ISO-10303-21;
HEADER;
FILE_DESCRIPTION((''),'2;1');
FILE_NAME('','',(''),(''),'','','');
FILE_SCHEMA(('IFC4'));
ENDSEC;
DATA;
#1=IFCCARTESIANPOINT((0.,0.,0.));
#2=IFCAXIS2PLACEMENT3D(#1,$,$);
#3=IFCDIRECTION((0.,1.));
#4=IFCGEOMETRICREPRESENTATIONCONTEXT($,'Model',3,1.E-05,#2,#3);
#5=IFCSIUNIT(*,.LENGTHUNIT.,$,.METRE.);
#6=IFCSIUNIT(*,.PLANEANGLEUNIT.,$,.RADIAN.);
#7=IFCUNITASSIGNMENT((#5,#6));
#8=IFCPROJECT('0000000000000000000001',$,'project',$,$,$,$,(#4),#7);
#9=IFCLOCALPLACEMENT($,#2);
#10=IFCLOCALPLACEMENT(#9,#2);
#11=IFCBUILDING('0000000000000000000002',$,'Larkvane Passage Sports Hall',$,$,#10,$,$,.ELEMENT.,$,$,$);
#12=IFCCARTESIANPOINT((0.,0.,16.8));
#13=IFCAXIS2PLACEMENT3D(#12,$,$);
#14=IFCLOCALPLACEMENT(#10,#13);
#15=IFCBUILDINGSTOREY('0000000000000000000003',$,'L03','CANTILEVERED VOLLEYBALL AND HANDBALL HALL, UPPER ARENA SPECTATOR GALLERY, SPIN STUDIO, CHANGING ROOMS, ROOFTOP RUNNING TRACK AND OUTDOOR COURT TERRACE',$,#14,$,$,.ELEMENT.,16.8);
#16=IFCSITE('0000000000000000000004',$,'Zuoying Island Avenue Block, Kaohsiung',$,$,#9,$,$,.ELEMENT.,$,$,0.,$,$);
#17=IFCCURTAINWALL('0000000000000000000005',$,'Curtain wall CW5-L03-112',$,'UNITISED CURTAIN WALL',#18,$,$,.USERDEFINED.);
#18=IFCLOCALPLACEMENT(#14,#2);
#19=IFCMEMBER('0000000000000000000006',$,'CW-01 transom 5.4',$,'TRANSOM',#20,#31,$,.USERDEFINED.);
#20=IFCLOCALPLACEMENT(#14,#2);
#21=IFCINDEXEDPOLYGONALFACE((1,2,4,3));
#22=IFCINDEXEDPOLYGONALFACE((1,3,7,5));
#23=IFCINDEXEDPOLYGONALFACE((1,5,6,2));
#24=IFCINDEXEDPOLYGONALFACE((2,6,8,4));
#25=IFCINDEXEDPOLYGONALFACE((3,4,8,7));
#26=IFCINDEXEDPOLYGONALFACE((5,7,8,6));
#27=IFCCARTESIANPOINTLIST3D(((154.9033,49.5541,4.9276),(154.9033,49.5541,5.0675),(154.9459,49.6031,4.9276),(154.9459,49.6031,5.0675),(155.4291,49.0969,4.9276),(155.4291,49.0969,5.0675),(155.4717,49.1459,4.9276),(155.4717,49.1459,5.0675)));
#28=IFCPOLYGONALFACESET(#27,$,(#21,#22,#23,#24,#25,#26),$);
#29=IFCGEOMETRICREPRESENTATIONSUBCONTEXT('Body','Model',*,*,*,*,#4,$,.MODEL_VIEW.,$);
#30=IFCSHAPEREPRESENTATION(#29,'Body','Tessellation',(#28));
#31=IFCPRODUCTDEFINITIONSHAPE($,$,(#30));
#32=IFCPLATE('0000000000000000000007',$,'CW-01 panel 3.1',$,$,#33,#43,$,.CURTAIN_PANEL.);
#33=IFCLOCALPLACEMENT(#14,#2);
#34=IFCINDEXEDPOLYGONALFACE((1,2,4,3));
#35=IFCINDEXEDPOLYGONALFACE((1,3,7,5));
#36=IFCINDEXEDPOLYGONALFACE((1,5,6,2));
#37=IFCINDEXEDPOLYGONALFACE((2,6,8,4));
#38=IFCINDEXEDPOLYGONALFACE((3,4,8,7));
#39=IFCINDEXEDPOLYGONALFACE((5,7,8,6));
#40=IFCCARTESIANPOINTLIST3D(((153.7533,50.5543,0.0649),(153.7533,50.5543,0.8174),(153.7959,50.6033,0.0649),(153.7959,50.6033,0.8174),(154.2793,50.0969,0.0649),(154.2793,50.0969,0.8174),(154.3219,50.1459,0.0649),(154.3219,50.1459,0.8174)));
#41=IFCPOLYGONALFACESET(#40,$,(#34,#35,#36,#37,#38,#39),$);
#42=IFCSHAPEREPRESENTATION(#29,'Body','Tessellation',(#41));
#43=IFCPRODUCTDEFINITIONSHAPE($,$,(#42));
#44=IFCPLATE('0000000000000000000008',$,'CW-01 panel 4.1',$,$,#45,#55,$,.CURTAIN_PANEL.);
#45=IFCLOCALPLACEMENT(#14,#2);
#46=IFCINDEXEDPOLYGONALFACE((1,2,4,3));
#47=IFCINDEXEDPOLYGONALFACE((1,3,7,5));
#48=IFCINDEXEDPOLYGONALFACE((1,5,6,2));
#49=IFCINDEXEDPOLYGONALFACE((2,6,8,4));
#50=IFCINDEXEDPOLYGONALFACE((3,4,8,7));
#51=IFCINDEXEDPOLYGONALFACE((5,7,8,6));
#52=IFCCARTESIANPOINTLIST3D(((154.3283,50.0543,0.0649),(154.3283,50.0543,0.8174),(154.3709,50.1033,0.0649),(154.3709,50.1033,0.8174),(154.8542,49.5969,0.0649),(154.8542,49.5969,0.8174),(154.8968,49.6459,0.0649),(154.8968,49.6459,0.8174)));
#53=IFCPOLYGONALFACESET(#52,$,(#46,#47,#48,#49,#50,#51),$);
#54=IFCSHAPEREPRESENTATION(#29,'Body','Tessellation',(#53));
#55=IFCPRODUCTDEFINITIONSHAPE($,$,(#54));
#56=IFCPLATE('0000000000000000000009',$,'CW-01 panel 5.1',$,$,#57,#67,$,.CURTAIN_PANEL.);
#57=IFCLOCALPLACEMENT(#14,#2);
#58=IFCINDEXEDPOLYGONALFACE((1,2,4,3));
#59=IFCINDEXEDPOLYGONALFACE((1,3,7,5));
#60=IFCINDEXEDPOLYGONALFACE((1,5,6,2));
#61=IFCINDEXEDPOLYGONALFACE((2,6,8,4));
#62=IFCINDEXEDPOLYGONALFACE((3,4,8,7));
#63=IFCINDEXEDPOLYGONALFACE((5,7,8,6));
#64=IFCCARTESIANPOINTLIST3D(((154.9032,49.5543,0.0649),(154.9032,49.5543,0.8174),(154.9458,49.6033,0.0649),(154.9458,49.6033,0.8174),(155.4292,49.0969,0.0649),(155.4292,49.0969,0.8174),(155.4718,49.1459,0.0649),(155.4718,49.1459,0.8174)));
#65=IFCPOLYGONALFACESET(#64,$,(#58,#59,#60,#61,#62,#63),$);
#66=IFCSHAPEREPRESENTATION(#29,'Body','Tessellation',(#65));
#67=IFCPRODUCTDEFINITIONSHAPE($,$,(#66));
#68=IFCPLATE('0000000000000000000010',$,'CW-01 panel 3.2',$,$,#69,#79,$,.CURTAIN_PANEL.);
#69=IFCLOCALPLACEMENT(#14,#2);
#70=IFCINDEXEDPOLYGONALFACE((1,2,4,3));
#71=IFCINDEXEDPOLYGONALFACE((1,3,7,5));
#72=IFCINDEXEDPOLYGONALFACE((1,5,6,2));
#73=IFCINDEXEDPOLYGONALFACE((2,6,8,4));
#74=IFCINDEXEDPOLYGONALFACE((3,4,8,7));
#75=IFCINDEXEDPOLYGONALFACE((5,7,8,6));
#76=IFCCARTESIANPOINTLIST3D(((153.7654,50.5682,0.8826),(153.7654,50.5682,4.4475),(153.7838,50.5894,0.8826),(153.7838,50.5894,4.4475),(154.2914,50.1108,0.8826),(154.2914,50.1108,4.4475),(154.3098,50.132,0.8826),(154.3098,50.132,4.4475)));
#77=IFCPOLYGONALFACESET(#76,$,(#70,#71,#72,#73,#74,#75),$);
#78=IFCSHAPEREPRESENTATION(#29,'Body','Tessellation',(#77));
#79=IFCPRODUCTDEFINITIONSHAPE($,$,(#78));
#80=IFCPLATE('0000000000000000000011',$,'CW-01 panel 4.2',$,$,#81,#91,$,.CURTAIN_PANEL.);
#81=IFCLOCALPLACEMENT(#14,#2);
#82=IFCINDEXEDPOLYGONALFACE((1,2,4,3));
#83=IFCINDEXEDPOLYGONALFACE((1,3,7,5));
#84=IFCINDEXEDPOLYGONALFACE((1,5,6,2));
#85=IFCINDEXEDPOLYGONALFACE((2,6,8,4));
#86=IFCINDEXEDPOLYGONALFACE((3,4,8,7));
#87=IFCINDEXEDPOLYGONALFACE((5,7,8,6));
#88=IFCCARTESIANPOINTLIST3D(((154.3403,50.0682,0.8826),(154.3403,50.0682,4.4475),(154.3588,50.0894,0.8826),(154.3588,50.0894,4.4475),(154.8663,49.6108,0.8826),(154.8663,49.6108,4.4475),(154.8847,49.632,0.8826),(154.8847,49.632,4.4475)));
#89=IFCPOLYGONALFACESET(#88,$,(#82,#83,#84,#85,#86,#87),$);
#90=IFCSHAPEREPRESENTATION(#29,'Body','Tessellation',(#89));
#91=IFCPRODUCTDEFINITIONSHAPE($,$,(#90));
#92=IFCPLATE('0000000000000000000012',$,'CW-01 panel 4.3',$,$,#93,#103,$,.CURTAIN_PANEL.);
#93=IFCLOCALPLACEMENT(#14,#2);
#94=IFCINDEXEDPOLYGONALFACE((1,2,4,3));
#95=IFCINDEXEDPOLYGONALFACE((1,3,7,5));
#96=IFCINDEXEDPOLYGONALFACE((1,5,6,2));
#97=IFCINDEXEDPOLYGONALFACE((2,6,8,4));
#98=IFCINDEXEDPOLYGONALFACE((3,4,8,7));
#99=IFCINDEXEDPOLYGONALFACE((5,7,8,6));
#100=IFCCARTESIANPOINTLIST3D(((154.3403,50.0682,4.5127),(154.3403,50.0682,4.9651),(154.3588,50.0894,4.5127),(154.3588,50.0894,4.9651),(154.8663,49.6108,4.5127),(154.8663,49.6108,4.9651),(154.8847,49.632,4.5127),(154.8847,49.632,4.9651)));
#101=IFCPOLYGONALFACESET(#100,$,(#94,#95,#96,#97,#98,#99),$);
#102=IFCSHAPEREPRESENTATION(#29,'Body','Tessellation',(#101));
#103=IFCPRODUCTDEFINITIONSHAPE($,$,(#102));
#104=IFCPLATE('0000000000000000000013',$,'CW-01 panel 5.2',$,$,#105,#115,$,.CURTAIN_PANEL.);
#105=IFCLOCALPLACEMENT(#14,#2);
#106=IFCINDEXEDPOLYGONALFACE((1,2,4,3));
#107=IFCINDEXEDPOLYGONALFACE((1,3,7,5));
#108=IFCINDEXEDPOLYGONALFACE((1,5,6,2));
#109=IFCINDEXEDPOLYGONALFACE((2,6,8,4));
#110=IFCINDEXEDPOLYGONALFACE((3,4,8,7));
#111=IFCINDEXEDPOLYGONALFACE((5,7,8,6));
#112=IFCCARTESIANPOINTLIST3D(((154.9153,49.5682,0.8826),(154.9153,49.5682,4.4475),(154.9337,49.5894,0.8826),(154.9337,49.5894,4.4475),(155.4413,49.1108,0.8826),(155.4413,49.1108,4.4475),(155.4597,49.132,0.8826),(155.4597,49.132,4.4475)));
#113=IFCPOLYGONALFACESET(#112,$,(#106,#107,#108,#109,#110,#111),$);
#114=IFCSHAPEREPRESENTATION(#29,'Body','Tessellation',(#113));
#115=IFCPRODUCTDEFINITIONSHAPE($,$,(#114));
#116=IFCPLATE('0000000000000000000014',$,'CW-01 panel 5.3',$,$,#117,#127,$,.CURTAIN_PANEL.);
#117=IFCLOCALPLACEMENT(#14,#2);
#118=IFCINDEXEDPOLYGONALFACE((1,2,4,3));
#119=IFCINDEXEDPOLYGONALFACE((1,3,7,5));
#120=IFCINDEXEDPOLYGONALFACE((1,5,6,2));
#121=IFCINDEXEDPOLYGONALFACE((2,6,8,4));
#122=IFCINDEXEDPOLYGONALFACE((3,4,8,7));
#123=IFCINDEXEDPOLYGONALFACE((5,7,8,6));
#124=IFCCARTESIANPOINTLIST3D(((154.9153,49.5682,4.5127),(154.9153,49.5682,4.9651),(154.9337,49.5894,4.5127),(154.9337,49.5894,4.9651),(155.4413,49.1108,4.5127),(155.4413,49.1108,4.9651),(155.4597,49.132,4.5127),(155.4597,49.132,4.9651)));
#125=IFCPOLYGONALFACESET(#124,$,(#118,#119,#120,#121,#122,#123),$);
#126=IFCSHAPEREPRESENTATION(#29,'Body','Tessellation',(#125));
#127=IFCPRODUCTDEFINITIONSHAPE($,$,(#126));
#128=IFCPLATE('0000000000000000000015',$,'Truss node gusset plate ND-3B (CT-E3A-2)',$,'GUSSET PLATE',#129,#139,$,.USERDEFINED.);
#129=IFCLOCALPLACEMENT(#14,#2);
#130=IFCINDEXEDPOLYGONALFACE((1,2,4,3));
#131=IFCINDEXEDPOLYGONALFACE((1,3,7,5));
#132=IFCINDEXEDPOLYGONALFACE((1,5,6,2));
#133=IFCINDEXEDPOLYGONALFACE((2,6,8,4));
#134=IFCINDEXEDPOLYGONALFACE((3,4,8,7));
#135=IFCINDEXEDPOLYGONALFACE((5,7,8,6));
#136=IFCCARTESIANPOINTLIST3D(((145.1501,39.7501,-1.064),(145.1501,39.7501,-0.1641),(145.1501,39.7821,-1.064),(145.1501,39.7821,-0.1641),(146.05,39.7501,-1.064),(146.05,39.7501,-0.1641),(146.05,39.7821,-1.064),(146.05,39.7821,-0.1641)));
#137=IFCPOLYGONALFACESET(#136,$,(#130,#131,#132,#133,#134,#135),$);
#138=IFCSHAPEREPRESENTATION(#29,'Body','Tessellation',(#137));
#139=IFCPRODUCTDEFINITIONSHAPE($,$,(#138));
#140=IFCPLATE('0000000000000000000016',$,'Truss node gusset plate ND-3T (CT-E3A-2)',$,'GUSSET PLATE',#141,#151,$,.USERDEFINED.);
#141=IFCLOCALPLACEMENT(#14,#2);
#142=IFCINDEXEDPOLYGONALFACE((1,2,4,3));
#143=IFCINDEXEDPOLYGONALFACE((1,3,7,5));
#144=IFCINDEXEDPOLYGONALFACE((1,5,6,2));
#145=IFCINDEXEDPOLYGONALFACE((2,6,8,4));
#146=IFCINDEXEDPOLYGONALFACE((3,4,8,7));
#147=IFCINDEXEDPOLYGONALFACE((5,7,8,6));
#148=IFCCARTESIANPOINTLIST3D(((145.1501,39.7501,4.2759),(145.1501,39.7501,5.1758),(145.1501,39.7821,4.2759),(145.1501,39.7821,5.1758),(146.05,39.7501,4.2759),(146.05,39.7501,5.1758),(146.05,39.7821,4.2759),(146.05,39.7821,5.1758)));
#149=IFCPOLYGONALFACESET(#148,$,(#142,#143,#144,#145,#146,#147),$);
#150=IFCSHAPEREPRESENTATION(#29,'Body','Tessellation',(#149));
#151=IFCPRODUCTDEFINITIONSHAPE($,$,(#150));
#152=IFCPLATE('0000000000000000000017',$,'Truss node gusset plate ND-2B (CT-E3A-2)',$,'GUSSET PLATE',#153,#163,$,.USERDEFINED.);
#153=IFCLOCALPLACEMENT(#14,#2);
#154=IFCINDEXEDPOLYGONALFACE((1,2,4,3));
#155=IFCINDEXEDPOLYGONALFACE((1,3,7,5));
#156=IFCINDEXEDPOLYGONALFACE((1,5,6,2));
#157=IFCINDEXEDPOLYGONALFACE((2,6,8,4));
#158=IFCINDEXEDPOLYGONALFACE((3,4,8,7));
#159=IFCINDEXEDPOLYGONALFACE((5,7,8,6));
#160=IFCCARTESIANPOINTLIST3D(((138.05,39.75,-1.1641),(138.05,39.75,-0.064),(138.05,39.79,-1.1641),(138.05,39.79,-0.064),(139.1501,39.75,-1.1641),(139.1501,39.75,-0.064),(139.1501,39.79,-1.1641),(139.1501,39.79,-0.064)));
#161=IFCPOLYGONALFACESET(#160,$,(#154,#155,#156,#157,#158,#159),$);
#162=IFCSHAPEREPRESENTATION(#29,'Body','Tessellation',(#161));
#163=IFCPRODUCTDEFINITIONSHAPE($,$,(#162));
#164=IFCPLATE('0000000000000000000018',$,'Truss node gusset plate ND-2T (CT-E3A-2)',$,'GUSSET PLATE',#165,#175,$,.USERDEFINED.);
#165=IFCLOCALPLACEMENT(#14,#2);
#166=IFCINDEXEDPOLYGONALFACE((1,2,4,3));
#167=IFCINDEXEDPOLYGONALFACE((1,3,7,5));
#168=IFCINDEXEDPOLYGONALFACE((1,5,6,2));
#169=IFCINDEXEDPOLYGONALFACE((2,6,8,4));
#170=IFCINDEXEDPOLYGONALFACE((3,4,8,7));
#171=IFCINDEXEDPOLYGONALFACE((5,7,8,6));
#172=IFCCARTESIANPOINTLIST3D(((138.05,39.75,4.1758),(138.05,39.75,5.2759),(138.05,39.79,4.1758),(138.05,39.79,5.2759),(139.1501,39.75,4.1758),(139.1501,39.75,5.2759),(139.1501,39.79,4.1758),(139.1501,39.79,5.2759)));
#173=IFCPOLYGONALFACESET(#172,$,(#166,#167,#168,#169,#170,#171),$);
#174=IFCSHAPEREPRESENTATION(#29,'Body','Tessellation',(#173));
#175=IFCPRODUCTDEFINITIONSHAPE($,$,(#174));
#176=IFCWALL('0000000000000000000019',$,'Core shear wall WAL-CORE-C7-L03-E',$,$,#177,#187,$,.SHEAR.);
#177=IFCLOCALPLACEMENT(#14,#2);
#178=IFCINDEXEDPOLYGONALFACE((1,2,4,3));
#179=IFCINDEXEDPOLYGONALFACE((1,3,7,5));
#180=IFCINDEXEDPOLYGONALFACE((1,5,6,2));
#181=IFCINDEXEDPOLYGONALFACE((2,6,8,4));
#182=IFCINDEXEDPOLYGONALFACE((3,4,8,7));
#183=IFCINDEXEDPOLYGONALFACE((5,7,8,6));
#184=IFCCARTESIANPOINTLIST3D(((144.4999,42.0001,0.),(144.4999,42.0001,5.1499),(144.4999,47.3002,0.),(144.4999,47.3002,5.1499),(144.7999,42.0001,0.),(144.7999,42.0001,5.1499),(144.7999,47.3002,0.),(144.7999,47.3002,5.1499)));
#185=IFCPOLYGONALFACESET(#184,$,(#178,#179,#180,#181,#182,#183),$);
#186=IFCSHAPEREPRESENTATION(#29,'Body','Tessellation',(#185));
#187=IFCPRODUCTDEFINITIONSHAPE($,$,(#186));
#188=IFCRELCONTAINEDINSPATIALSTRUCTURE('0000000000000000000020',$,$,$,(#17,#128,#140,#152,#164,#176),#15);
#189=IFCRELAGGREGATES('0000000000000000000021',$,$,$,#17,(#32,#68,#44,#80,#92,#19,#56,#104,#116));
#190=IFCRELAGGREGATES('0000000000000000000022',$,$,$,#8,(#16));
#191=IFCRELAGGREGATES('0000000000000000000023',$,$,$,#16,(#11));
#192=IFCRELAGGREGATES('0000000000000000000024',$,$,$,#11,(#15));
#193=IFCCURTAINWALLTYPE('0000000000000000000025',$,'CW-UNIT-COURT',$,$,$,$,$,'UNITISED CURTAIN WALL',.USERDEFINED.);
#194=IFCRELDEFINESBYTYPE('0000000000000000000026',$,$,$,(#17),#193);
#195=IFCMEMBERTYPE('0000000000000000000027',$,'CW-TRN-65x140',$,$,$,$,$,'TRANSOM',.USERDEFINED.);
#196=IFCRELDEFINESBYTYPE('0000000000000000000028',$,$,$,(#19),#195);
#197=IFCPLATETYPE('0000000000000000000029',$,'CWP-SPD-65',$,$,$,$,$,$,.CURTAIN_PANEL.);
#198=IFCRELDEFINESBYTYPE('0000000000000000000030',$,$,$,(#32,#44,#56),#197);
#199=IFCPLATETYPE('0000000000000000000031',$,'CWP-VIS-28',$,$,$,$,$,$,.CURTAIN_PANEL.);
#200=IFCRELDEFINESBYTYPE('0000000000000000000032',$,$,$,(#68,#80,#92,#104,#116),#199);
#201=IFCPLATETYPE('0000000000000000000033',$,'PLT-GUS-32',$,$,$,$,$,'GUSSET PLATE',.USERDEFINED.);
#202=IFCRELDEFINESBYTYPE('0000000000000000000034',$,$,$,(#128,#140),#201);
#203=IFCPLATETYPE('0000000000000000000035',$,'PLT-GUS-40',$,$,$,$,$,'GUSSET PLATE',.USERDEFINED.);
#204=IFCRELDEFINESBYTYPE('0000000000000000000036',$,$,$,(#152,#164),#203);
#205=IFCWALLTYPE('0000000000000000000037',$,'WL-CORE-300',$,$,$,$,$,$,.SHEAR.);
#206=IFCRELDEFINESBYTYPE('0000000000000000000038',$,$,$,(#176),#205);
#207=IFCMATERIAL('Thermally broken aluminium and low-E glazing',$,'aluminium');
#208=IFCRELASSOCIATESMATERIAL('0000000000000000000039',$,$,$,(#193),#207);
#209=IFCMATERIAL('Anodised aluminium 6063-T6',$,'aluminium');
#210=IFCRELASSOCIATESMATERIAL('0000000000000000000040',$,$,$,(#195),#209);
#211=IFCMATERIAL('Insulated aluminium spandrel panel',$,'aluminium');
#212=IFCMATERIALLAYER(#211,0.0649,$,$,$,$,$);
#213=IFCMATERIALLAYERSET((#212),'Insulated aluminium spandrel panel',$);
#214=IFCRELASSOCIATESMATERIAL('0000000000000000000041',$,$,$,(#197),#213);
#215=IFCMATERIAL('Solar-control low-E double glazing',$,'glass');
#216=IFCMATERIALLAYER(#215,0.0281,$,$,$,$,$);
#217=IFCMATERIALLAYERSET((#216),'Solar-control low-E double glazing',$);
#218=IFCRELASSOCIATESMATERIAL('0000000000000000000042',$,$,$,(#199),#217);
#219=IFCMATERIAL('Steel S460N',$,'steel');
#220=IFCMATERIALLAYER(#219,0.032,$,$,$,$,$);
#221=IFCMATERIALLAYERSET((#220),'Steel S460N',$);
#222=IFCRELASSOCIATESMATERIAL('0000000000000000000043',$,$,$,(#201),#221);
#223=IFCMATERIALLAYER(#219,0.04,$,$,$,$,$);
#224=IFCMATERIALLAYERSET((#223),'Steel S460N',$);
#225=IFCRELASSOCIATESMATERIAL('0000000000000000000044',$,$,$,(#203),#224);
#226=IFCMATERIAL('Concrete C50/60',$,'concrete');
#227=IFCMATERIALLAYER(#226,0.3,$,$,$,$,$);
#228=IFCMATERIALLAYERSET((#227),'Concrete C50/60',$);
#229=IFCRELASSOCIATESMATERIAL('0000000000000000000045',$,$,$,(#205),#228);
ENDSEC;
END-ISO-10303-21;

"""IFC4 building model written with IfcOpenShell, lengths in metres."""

from ifc_helpers import new_model, si_unit, direction, frame, frame_2d, origin, origin_2d, place, context, subcontext, project, spatial, rectangle, extrude, material, layer, layer_set, material_profile, profile_set, type_object, element, aggregate, save


model = new_model("IFC4")

# Units and contexts
model_context = context("Model", 3, precision=1e-05, world=origin(), true_north=direction((0.0, 1.0)))
body_context = subcontext(model_context, "Body", "Model", "MODEL_VIEW")
ifc_project = project(units=[si_unit("LENGTHUNIT", "METRE"), si_unit("PLANEANGLEUNIT", "RADIAN")], contexts=[model_context])

# Site, building, storey
site_placement = place(None, origin())
site = spatial("IfcSite", under=ifc_project, at=site_placement, Name="Zuoying Island Avenue Block, Kaohsiung", CompositionType="ELEMENT", RefElevation=0.0)
building_placement = place(site_placement, origin())
building = spatial("IfcBuilding", under=site, at=building_placement, Name="Larkvane Passage Sports Hall", CompositionType="ELEMENT")
storey_placement = place(building_placement, frame((0.0, 0.0, 16.8)))
storey = spatial("IfcBuildingStorey", under=building, at=storey_placement, Name="L03", Description="CANTILEVERED VOLLEYBALL AND HANDBALL HALL, UPPER ARENA SPECTATOR GALLERY, SPIN STUDIO, CHANGING ROOMS, ROOFTOP RUNNING TRACK AND OUTDOOR COURT TERRACE", CompositionType="ELEMENT", Elevation=16.8)

# Shared definitions
ifc_material_1 = material(Name="Steel S460N", Category="steel")

# Curtain wall, member, plates
ifc_material_2 = material(Name="Thermally broken aluminium and low-E glazing", Category="aluminium")
curtain_wall_type = type_object("IfcCurtainWallType", Name="CW-UNIT-COURT", ElementType="UNITISED CURTAIN WALL", PredefinedType="USERDEFINED", material=ifc_material_2)
curtain_wall_placement = place(storey_placement, origin())
curtain_wall = element("IfcCurtainWall", 1, at=curtain_wall_placement, inside=storey, type_object=curtain_wall_type, Name="Curtain wall CW5-L03-112", ObjectType="UNITISED CURTAIN WALL", PredefinedType="USERDEFINED")
ifc_material_3 = material(Name="Anodised aluminium 6063-T6", Category="aluminium")
ifc_material_profile_1 = material_profile(ifc_material_3, rectangle(XDim=0.0649, YDim=0.1399, at=origin_2d()), Name="ALU-TRN-65x140")
ifc_profile_set_1 = profile_set([ifc_material_profile_1], Name="Anodised aluminium 6063-T6")
member_type_1 = type_object("IfcMemberType", Name="CW-TRN-65x140", ElementType="TRANSOM", PredefinedType="USERDEFINED", material=ifc_profile_set_1)
member_1_placement = place(storey_placement, frame((154.9246, 49.5786, 4.9976), z_axis=(0.754613, -0.65617, 0.0), x_axis=(0.65617, 0.754613, 0.0)))
member_1 = element("IfcMember", 2, at=member_1_placement, type_object=member_type_1, Name="CW-01 transom 5.4", ObjectType="TRANSOM", PredefinedType="USERDEFINED", context=body_context, shape_type="SweptSolid", body=[
    extrude(rectangle(XDim=0.0649, YDim=0.1399, at=origin_2d()), origin(), (0.0, 0.0, 1.0), 0.6968),
])
ifc_material_4 = material(Name="Insulated aluminium spandrel panel", Category="aluminium")
ifc_layer_1 = layer(ifc_material_4, 0.0649)
ifc_layer_set_1 = layer_set([ifc_layer_1], Name="Insulated aluminium spandrel panel")
plate_type_1 = type_object("IfcPlateType", Name="CWP-SPD-65", PredefinedType="CURTAIN_PANEL", material=ifc_layer_set_1)
plate_1_placement = place(storey_placement, frame((154.0376, 50.3501, 0.0649), z_axis=(0.0, 0.0, 1.0), x_axis=(0.754606, -0.656179, 0.0)))
plate_1 = element("IfcPlate", 3, at=plate_1_placement, type_object=plate_type_1, Name="CW-01 panel 3.1", PredefinedType="CURTAIN_PANEL", context=body_context, shape_type="SweptSolid", body=[
    extrude(rectangle(XDim=0.697, YDim=0.0649, at=origin_2d()), origin(), (0.0, 0.0, 1.0), 0.7524),
])
plate_2_placement = place(storey_placement, frame((154.6125, 49.8501, 0.0649), z_axis=(0.0, 0.0, 1.0), x_axis=(0.754606, -0.656179, 0.0)))
plate_2 = element("IfcPlate", 4, at=plate_2_placement, type_object=plate_type_1, Name="CW-01 panel 4.1", PredefinedType="CURTAIN_PANEL", context=body_context, shape_type="SweptSolid", body=[
    extrude(rectangle(XDim=0.697, YDim=0.0649, at=origin_2d()), origin(), (0.0, 0.0, 1.0), 0.7524),
])
plate_3_placement = place(storey_placement, frame((155.1875, 49.3501, 0.0649), z_axis=(0.0, 0.0, 1.0), x_axis=(0.754606, -0.656179, 0.0)))
plate_3 = element("IfcPlate", 5, at=plate_3_placement, type_object=plate_type_1, Name="CW-01 panel 5.1", PredefinedType="CURTAIN_PANEL", context=body_context, shape_type="SweptSolid", body=[
    extrude(rectangle(XDim=0.697, YDim=0.0649, at=origin_2d()), origin(), (0.0, 0.0, 1.0), 0.7524),
])
ifc_material_5 = material(Name="Solar-control low-E double glazing", Category="glass")
ifc_layer_2 = layer(ifc_material_5, 0.0281)
ifc_layer_set_2 = layer_set([ifc_layer_2], Name="Solar-control low-E double glazing")
plate_type_2 = type_object("IfcPlateType", Name="CWP-VIS-28", PredefinedType="CURTAIN_PANEL", material=ifc_layer_set_2)
plate_4_placement = place(storey_placement, frame((154.0376, 50.3501, 0.8826), z_axis=(0.0, 0.0, 1.0), x_axis=(0.754606, -0.656179, 0.0)))
plate_4 = element("IfcPlate", 6, at=plate_4_placement, type_object=plate_type_2, Name="CW-01 panel 3.2", PredefinedType="CURTAIN_PANEL", context=body_context, shape_type="SweptSolid", body=[
    extrude(rectangle(XDim=0.697, YDim=0.0281, at=origin_2d()), origin(), (0.0, 0.0, 1.0), 3.5649),
])
plate_5_placement = place(storey_placement, frame((154.6125, 49.8501, 0.8826), z_axis=(0.0, 0.0, 1.0), x_axis=(0.754606, -0.656179, 0.0)))
plate_5 = element("IfcPlate", 7, at=plate_5_placement, type_object=plate_type_2, Name="CW-01 panel 4.2", PredefinedType="CURTAIN_PANEL", context=body_context, shape_type="SweptSolid", body=[
    extrude(rectangle(XDim=0.697, YDim=0.0281, at=origin_2d()), origin(), (0.0, 0.0, 1.0), 3.5649),
])
plate_6_placement = place(storey_placement, frame((154.6125, 49.8501, 4.5127), z_axis=(0.0, 0.0, 1.0), x_axis=(0.754606, -0.656179, 0.0)))
plate_6 = element("IfcPlate", 8, at=plate_6_placement, type_object=plate_type_2, Name="CW-01 panel 4.3", PredefinedType="CURTAIN_PANEL", context=body_context, shape_type="SweptSolid", body=[
    extrude(rectangle(XDim=0.697, YDim=0.0281, at=origin_2d()), origin(), (0.0, 0.0, 1.0), 0.4524),
])
plate_7_placement = place(storey_placement, frame((155.1875, 49.3501, 0.8826), z_axis=(0.0, 0.0, 1.0), x_axis=(0.754606, -0.656179, 0.0)))
plate_7 = element("IfcPlate", 9, at=plate_7_placement, type_object=plate_type_2, Name="CW-01 panel 5.2", PredefinedType="CURTAIN_PANEL", context=body_context, shape_type="SweptSolid", body=[
    extrude(rectangle(XDim=0.697, YDim=0.0281, at=origin_2d()), origin(), (0.0, 0.0, 1.0), 3.5649),
])
plate_8_placement = place(storey_placement, frame((155.1875, 49.3501, 4.5127), z_axis=(0.0, 0.0, 1.0), x_axis=(0.754606, -0.656179, 0.0)))
plate_8 = element("IfcPlate", 10, at=plate_8_placement, type_object=plate_type_2, Name="CW-01 panel 5.3", PredefinedType="CURTAIN_PANEL", context=body_context, shape_type="SweptSolid", body=[
    extrude(rectangle(XDim=0.697, YDim=0.0281, at=origin_2d()), origin(), (0.0, 0.0, 1.0), 0.4524),
])
aggregate(curtain_wall, [plate_1, plate_4, plate_2, plate_5, plate_6, member_1, plate_3, plate_7, plate_8])

# Plates
ifc_layer_3 = layer(ifc_material_1, 0.032)
ifc_layer_set_3 = layer_set([ifc_layer_3], Name="Steel S460N")
plate_type_3 = type_object("IfcPlateType", Name="PLT-GUS-32", ElementType="GUSSET PLATE", PredefinedType="USERDEFINED", material=ifc_layer_set_3)
for number, where, z_axis, x_axis, name in (
    (11, (145.6001, 39.7661, -1.064), (0.0, 0.0, 1.0), (1.0, 0.0, 0.0), "Truss node gusset plate ND-3B (CT-E3A-2)"),
    (12, (145.6001, 39.7661, 4.2759), (0.0, 0.0, 1.0), (1.0, 0.0, 0.0), "Truss node gusset plate ND-3T (CT-E3A-2)"),
):
    element("IfcPlate", number, at=place(storey_placement, frame(where, z_axis=z_axis, x_axis=x_axis)), inside=storey, type_object=plate_type_3, Name=name, ObjectType="GUSSET PLATE", PredefinedType="USERDEFINED", context=body_context, shape_type="SweptSolid", body=[
        extrude(rectangle(XDim=0.8999, YDim=0.032, at=origin_2d()), origin(), (0.0, 0.0, 1.0), 0.8999),
    ])
ifc_layer_4 = layer(ifc_material_1, 0.04)
ifc_layer_set_4 = layer_set([ifc_layer_4], Name="Steel S460N")
plate_type_4 = type_object("IfcPlateType", Name="PLT-GUS-40", ElementType="GUSSET PLATE", PredefinedType="USERDEFINED", material=ifc_layer_set_4)
for number, where, z_axis, x_axis, name in (
    (13, (138.6001, 39.77, -1.1641), (0.0, 0.0, 1.0), (1.0, 0.0, 0.0), "Truss node gusset plate ND-2B (CT-E3A-2)"),
    (14, (138.6001, 39.77, 4.1758), (0.0, 0.0, 1.0), (1.0, 0.0, 0.0), "Truss node gusset plate ND-2T (CT-E3A-2)"),
):
    element("IfcPlate", number, at=place(storey_placement, frame(where, z_axis=z_axis, x_axis=x_axis)), inside=storey, type_object=plate_type_4, Name=name, ObjectType="GUSSET PLATE", PredefinedType="USERDEFINED", context=body_context, shape_type="SweptSolid", body=[
        extrude(rectangle(XDim=1.1001, YDim=0.04, at=origin_2d()), origin(), (0.0, 0.0, 1.0), 1.1001),
    ])

# Wall
ifc_material_6 = material(Name="Concrete C50/60", Category="concrete")
ifc_layer_5 = layer(ifc_material_6, 0.3)
ifc_layer_set_5 = layer_set([ifc_layer_5], Name="Concrete C50/60")
wall_type_1 = type_object("IfcWallType", Name="WL-CORE-300", PredefinedType="SHEAR", material=ifc_layer_set_5)
wall_1_placement = place(storey_placement, frame((144.6499, 47.3, 0.0), z_axis=(0.0, 0.0, 1.0), x_axis=(0.0, -1.0, 0.0)))
element("IfcWall", 15, at=wall_1_placement, inside=storey, type_object=wall_type_1, Name="Core shear wall WAL-CORE-C7-L03-E", PredefinedType="SHEAR", context=body_context, shape_type="SweptSolid", body=[
    extrude(rectangle(XDim=5.3, YDim=0.3, at=frame_2d((2.6499, 0.0))), origin(), (0.0, 0.0, 1.0), 5.1499),
])

save(model, "model.ifc")
